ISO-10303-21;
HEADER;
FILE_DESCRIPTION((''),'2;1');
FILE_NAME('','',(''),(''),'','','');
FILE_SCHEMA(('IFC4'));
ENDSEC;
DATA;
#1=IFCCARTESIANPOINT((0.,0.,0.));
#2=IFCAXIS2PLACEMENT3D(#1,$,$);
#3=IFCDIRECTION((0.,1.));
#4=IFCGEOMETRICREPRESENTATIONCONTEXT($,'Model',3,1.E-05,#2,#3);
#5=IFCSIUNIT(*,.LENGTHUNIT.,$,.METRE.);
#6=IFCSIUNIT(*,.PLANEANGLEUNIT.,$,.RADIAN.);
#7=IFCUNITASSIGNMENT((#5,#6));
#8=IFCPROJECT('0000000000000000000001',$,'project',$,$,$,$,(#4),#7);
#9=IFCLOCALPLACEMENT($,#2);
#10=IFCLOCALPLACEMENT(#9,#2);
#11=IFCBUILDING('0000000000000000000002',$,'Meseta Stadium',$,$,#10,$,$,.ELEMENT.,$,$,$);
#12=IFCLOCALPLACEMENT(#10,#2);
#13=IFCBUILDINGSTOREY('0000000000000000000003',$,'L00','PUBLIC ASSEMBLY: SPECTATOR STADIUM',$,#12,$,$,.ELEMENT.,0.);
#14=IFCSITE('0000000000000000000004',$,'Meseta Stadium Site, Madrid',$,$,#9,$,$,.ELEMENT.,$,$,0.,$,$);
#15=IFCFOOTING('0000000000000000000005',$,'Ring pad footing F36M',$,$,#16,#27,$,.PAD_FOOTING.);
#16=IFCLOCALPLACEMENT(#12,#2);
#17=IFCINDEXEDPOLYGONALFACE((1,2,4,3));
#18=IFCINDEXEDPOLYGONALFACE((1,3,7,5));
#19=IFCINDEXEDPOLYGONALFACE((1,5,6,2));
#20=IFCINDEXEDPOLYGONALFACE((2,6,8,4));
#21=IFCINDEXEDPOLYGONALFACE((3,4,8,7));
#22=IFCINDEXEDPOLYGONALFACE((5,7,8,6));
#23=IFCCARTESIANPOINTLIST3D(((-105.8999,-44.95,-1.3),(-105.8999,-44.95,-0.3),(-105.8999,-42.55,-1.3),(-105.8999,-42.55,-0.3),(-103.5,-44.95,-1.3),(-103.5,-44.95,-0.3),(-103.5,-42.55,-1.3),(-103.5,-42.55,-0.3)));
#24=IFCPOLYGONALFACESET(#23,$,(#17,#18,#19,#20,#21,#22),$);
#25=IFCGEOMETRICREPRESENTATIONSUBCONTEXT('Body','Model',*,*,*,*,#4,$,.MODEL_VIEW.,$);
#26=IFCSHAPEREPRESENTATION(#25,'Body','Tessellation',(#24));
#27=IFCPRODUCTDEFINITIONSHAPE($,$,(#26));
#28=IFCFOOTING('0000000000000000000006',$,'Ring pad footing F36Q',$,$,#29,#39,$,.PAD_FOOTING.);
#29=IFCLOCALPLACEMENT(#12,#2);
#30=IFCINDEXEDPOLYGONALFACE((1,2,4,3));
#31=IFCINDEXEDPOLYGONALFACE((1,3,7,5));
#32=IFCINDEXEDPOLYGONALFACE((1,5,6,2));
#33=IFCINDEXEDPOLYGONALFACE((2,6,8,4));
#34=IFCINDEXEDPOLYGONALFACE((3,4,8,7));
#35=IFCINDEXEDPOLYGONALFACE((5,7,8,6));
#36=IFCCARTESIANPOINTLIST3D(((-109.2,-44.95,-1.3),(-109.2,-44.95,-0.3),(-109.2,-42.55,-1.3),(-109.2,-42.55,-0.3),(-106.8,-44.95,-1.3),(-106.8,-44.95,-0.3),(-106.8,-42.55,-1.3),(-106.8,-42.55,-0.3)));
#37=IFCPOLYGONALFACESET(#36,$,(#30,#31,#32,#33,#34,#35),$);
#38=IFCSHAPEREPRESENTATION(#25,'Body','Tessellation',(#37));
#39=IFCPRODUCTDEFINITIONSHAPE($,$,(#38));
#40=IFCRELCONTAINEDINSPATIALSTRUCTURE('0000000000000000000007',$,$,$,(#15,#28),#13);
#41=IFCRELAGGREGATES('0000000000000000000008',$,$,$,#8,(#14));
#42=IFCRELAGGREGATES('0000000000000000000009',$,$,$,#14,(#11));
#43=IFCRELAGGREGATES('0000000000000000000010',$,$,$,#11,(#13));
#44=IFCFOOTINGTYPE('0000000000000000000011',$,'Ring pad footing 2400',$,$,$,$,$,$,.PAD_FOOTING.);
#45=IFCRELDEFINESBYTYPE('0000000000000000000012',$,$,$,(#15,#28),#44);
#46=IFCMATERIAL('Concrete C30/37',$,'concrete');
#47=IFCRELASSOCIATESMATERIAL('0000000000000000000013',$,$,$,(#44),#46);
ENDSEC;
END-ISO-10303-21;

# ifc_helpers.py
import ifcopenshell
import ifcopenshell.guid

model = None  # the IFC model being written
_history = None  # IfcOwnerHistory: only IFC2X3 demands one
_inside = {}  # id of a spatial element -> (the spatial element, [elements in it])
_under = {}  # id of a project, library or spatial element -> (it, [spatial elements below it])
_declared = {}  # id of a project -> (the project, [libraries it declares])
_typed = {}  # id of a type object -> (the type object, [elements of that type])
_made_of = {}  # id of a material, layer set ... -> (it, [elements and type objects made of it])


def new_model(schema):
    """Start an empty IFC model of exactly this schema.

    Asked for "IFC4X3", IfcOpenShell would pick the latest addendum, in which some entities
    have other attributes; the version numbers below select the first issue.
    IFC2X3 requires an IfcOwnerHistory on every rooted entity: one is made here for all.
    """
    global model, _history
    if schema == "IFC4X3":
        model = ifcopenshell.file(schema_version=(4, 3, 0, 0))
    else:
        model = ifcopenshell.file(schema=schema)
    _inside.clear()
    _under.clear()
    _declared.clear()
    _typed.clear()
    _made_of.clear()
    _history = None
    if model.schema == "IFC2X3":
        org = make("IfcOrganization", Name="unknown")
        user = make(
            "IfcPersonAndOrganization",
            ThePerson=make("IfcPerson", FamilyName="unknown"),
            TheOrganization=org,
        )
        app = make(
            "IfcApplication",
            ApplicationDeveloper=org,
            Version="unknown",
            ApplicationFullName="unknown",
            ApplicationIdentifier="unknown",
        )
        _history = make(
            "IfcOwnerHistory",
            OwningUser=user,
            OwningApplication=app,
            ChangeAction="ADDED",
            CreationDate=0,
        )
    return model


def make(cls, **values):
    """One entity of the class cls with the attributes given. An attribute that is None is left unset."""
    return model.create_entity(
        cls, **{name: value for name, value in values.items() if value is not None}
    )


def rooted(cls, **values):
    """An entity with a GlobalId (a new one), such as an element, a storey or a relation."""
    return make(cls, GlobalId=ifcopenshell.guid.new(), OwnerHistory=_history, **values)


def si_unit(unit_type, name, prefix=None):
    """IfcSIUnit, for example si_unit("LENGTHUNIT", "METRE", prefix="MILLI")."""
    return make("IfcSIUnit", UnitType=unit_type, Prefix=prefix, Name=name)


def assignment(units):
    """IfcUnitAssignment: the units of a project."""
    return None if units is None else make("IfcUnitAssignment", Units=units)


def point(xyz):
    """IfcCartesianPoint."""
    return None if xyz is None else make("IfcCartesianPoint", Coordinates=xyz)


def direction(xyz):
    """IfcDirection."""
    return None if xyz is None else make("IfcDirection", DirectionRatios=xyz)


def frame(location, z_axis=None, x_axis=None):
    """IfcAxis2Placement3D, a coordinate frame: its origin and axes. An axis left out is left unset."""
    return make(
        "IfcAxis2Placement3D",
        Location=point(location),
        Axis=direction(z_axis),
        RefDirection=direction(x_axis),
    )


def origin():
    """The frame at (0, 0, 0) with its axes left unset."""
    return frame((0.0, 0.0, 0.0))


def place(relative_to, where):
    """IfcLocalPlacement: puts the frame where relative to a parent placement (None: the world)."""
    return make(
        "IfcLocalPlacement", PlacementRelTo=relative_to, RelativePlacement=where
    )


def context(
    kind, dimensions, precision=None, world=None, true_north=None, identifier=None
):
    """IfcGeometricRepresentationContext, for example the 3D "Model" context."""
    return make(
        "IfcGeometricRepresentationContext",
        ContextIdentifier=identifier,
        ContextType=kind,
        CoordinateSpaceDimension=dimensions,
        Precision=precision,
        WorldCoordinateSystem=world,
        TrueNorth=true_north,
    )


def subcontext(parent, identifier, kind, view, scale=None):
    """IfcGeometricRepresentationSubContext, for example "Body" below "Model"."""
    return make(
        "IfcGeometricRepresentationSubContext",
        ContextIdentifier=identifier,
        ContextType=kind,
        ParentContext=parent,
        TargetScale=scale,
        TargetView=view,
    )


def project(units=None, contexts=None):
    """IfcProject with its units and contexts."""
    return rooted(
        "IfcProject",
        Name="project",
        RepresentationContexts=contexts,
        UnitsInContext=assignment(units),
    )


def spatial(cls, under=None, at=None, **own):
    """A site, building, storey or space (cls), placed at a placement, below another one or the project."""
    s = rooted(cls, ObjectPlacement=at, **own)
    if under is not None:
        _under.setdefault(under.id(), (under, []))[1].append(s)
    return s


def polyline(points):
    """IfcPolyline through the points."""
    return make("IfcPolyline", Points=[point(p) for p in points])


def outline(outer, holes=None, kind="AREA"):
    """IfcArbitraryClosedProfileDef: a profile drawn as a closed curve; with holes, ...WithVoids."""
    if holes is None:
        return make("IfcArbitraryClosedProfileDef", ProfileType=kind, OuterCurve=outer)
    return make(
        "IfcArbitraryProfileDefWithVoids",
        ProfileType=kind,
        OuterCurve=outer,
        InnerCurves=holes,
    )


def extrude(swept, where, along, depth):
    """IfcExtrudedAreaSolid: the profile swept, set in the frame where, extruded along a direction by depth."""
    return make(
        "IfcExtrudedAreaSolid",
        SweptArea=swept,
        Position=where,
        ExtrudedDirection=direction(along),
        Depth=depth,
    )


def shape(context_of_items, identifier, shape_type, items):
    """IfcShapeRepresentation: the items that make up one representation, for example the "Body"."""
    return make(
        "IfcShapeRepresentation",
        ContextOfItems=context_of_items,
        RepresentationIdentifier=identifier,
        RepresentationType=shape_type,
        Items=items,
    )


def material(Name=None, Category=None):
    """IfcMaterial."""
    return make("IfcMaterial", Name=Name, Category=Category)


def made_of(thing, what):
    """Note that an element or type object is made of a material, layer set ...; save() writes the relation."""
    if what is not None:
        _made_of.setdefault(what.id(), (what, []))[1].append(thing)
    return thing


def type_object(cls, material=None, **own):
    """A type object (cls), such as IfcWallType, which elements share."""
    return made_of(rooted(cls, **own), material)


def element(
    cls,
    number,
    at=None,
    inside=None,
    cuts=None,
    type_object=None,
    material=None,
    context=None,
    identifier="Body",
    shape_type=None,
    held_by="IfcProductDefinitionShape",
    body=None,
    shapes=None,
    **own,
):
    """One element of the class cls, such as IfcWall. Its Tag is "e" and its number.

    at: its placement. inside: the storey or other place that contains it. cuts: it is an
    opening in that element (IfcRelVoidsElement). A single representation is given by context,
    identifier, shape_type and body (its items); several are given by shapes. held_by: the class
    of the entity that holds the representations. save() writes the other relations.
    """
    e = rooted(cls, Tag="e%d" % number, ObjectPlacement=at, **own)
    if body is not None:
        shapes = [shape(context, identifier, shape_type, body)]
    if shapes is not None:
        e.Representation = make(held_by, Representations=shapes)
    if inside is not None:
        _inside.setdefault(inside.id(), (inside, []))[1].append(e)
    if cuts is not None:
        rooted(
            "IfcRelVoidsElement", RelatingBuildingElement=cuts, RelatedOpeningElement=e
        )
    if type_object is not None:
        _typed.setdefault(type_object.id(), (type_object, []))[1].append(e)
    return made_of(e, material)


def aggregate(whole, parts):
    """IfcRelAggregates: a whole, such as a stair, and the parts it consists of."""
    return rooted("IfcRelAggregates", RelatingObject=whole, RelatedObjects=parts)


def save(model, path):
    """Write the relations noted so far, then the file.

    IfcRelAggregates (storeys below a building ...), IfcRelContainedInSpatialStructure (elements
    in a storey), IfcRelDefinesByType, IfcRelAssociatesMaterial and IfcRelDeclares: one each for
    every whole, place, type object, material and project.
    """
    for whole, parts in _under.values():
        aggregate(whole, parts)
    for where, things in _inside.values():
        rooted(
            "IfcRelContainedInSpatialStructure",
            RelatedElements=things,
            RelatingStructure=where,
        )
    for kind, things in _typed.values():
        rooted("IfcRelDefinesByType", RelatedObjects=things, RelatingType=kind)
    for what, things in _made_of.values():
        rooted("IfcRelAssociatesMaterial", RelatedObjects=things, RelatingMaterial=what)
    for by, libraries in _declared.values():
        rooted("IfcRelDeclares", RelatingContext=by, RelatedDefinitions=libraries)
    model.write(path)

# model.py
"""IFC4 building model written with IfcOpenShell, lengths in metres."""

from ifc_helpers import new_model, si_unit, direction, frame, origin, place, context, subcontext, project, spatial, polyline, outline, extrude, material, type_object, element, save


model = new_model("IFC4")

# Units and contexts
model_context = context("Model", 3, precision=1e-05, world=origin(), true_north=direction((0.0, 1.0)))
body_context = subcontext(model_context, "Body", "Model", "MODEL_VIEW")
ifc_project = project(units=[si_unit("LENGTHUNIT", "METRE"), si_unit("PLANEANGLEUNIT", "RADIAN")], contexts=[model_context])

# Site, building, storey
site_placement = place(None, origin())
site = spatial("IfcSite", under=ifc_project, at=site_placement, Name="Meseta Stadium Site, Madrid", CompositionType="ELEMENT", RefElevation=0.0)
building_placement = place(site_placement, origin())
building = spatial("IfcBuilding", under=site, at=building_placement, Name="Meseta Stadium", CompositionType="ELEMENT")
storey_placement = place(building_placement, origin())
storey = spatial("IfcBuildingStorey", under=building, at=storey_placement, Name="L00", Description="PUBLIC ASSEMBLY: SPECTATOR STADIUM", CompositionType="ELEMENT", Elevation=0.0)

# Footings
ifc_material_1 = material(Name="Concrete C30/37", Category="concrete")
footing_type_1 = type_object("IfcFootingType", Name="Ring pad footing 2400", PredefinedType="PAD_FOOTING", material=ifc_material_1)
footing_1_placement = place(storey_placement, frame((0.0, 0.0, -1.3)))
element("IfcFooting", 1, at=footing_1_placement, inside=storey, type_object=footing_type_1, Name="Ring pad footing F36M", PredefinedType="PAD_FOOTING", context=body_context, shape_type="SweptSolid", body=[
    extrude(outline(polyline([(-103.5, -44.95), (-103.5, -42.55), (-105.8999, -42.55), (-105.8999, -44.95), (-103.5, -44.95)])), origin(), (0.0, 0.0, 1.0), 1.0),
])
footing_2_placement = place(storey_placement, frame((0.0, 0.0, -1.3)))
element("IfcFooting", 2, at=footing_2_placement, inside=storey, type_object=footing_type_1, Name="Ring pad footing F36Q", PredefinedType="PAD_FOOTING", context=body_context, shape_type="SweptSolid", body=[
    extrude(outline(polyline([(-106.8, -44.95), (-106.8, -42.55), (-109.2, -42.55), (-109.2, -44.95), (-106.8, -44.95)])), origin(), (0.0, 0.0, 1.0), 1.0),
])

save(model, "model.ifc")
